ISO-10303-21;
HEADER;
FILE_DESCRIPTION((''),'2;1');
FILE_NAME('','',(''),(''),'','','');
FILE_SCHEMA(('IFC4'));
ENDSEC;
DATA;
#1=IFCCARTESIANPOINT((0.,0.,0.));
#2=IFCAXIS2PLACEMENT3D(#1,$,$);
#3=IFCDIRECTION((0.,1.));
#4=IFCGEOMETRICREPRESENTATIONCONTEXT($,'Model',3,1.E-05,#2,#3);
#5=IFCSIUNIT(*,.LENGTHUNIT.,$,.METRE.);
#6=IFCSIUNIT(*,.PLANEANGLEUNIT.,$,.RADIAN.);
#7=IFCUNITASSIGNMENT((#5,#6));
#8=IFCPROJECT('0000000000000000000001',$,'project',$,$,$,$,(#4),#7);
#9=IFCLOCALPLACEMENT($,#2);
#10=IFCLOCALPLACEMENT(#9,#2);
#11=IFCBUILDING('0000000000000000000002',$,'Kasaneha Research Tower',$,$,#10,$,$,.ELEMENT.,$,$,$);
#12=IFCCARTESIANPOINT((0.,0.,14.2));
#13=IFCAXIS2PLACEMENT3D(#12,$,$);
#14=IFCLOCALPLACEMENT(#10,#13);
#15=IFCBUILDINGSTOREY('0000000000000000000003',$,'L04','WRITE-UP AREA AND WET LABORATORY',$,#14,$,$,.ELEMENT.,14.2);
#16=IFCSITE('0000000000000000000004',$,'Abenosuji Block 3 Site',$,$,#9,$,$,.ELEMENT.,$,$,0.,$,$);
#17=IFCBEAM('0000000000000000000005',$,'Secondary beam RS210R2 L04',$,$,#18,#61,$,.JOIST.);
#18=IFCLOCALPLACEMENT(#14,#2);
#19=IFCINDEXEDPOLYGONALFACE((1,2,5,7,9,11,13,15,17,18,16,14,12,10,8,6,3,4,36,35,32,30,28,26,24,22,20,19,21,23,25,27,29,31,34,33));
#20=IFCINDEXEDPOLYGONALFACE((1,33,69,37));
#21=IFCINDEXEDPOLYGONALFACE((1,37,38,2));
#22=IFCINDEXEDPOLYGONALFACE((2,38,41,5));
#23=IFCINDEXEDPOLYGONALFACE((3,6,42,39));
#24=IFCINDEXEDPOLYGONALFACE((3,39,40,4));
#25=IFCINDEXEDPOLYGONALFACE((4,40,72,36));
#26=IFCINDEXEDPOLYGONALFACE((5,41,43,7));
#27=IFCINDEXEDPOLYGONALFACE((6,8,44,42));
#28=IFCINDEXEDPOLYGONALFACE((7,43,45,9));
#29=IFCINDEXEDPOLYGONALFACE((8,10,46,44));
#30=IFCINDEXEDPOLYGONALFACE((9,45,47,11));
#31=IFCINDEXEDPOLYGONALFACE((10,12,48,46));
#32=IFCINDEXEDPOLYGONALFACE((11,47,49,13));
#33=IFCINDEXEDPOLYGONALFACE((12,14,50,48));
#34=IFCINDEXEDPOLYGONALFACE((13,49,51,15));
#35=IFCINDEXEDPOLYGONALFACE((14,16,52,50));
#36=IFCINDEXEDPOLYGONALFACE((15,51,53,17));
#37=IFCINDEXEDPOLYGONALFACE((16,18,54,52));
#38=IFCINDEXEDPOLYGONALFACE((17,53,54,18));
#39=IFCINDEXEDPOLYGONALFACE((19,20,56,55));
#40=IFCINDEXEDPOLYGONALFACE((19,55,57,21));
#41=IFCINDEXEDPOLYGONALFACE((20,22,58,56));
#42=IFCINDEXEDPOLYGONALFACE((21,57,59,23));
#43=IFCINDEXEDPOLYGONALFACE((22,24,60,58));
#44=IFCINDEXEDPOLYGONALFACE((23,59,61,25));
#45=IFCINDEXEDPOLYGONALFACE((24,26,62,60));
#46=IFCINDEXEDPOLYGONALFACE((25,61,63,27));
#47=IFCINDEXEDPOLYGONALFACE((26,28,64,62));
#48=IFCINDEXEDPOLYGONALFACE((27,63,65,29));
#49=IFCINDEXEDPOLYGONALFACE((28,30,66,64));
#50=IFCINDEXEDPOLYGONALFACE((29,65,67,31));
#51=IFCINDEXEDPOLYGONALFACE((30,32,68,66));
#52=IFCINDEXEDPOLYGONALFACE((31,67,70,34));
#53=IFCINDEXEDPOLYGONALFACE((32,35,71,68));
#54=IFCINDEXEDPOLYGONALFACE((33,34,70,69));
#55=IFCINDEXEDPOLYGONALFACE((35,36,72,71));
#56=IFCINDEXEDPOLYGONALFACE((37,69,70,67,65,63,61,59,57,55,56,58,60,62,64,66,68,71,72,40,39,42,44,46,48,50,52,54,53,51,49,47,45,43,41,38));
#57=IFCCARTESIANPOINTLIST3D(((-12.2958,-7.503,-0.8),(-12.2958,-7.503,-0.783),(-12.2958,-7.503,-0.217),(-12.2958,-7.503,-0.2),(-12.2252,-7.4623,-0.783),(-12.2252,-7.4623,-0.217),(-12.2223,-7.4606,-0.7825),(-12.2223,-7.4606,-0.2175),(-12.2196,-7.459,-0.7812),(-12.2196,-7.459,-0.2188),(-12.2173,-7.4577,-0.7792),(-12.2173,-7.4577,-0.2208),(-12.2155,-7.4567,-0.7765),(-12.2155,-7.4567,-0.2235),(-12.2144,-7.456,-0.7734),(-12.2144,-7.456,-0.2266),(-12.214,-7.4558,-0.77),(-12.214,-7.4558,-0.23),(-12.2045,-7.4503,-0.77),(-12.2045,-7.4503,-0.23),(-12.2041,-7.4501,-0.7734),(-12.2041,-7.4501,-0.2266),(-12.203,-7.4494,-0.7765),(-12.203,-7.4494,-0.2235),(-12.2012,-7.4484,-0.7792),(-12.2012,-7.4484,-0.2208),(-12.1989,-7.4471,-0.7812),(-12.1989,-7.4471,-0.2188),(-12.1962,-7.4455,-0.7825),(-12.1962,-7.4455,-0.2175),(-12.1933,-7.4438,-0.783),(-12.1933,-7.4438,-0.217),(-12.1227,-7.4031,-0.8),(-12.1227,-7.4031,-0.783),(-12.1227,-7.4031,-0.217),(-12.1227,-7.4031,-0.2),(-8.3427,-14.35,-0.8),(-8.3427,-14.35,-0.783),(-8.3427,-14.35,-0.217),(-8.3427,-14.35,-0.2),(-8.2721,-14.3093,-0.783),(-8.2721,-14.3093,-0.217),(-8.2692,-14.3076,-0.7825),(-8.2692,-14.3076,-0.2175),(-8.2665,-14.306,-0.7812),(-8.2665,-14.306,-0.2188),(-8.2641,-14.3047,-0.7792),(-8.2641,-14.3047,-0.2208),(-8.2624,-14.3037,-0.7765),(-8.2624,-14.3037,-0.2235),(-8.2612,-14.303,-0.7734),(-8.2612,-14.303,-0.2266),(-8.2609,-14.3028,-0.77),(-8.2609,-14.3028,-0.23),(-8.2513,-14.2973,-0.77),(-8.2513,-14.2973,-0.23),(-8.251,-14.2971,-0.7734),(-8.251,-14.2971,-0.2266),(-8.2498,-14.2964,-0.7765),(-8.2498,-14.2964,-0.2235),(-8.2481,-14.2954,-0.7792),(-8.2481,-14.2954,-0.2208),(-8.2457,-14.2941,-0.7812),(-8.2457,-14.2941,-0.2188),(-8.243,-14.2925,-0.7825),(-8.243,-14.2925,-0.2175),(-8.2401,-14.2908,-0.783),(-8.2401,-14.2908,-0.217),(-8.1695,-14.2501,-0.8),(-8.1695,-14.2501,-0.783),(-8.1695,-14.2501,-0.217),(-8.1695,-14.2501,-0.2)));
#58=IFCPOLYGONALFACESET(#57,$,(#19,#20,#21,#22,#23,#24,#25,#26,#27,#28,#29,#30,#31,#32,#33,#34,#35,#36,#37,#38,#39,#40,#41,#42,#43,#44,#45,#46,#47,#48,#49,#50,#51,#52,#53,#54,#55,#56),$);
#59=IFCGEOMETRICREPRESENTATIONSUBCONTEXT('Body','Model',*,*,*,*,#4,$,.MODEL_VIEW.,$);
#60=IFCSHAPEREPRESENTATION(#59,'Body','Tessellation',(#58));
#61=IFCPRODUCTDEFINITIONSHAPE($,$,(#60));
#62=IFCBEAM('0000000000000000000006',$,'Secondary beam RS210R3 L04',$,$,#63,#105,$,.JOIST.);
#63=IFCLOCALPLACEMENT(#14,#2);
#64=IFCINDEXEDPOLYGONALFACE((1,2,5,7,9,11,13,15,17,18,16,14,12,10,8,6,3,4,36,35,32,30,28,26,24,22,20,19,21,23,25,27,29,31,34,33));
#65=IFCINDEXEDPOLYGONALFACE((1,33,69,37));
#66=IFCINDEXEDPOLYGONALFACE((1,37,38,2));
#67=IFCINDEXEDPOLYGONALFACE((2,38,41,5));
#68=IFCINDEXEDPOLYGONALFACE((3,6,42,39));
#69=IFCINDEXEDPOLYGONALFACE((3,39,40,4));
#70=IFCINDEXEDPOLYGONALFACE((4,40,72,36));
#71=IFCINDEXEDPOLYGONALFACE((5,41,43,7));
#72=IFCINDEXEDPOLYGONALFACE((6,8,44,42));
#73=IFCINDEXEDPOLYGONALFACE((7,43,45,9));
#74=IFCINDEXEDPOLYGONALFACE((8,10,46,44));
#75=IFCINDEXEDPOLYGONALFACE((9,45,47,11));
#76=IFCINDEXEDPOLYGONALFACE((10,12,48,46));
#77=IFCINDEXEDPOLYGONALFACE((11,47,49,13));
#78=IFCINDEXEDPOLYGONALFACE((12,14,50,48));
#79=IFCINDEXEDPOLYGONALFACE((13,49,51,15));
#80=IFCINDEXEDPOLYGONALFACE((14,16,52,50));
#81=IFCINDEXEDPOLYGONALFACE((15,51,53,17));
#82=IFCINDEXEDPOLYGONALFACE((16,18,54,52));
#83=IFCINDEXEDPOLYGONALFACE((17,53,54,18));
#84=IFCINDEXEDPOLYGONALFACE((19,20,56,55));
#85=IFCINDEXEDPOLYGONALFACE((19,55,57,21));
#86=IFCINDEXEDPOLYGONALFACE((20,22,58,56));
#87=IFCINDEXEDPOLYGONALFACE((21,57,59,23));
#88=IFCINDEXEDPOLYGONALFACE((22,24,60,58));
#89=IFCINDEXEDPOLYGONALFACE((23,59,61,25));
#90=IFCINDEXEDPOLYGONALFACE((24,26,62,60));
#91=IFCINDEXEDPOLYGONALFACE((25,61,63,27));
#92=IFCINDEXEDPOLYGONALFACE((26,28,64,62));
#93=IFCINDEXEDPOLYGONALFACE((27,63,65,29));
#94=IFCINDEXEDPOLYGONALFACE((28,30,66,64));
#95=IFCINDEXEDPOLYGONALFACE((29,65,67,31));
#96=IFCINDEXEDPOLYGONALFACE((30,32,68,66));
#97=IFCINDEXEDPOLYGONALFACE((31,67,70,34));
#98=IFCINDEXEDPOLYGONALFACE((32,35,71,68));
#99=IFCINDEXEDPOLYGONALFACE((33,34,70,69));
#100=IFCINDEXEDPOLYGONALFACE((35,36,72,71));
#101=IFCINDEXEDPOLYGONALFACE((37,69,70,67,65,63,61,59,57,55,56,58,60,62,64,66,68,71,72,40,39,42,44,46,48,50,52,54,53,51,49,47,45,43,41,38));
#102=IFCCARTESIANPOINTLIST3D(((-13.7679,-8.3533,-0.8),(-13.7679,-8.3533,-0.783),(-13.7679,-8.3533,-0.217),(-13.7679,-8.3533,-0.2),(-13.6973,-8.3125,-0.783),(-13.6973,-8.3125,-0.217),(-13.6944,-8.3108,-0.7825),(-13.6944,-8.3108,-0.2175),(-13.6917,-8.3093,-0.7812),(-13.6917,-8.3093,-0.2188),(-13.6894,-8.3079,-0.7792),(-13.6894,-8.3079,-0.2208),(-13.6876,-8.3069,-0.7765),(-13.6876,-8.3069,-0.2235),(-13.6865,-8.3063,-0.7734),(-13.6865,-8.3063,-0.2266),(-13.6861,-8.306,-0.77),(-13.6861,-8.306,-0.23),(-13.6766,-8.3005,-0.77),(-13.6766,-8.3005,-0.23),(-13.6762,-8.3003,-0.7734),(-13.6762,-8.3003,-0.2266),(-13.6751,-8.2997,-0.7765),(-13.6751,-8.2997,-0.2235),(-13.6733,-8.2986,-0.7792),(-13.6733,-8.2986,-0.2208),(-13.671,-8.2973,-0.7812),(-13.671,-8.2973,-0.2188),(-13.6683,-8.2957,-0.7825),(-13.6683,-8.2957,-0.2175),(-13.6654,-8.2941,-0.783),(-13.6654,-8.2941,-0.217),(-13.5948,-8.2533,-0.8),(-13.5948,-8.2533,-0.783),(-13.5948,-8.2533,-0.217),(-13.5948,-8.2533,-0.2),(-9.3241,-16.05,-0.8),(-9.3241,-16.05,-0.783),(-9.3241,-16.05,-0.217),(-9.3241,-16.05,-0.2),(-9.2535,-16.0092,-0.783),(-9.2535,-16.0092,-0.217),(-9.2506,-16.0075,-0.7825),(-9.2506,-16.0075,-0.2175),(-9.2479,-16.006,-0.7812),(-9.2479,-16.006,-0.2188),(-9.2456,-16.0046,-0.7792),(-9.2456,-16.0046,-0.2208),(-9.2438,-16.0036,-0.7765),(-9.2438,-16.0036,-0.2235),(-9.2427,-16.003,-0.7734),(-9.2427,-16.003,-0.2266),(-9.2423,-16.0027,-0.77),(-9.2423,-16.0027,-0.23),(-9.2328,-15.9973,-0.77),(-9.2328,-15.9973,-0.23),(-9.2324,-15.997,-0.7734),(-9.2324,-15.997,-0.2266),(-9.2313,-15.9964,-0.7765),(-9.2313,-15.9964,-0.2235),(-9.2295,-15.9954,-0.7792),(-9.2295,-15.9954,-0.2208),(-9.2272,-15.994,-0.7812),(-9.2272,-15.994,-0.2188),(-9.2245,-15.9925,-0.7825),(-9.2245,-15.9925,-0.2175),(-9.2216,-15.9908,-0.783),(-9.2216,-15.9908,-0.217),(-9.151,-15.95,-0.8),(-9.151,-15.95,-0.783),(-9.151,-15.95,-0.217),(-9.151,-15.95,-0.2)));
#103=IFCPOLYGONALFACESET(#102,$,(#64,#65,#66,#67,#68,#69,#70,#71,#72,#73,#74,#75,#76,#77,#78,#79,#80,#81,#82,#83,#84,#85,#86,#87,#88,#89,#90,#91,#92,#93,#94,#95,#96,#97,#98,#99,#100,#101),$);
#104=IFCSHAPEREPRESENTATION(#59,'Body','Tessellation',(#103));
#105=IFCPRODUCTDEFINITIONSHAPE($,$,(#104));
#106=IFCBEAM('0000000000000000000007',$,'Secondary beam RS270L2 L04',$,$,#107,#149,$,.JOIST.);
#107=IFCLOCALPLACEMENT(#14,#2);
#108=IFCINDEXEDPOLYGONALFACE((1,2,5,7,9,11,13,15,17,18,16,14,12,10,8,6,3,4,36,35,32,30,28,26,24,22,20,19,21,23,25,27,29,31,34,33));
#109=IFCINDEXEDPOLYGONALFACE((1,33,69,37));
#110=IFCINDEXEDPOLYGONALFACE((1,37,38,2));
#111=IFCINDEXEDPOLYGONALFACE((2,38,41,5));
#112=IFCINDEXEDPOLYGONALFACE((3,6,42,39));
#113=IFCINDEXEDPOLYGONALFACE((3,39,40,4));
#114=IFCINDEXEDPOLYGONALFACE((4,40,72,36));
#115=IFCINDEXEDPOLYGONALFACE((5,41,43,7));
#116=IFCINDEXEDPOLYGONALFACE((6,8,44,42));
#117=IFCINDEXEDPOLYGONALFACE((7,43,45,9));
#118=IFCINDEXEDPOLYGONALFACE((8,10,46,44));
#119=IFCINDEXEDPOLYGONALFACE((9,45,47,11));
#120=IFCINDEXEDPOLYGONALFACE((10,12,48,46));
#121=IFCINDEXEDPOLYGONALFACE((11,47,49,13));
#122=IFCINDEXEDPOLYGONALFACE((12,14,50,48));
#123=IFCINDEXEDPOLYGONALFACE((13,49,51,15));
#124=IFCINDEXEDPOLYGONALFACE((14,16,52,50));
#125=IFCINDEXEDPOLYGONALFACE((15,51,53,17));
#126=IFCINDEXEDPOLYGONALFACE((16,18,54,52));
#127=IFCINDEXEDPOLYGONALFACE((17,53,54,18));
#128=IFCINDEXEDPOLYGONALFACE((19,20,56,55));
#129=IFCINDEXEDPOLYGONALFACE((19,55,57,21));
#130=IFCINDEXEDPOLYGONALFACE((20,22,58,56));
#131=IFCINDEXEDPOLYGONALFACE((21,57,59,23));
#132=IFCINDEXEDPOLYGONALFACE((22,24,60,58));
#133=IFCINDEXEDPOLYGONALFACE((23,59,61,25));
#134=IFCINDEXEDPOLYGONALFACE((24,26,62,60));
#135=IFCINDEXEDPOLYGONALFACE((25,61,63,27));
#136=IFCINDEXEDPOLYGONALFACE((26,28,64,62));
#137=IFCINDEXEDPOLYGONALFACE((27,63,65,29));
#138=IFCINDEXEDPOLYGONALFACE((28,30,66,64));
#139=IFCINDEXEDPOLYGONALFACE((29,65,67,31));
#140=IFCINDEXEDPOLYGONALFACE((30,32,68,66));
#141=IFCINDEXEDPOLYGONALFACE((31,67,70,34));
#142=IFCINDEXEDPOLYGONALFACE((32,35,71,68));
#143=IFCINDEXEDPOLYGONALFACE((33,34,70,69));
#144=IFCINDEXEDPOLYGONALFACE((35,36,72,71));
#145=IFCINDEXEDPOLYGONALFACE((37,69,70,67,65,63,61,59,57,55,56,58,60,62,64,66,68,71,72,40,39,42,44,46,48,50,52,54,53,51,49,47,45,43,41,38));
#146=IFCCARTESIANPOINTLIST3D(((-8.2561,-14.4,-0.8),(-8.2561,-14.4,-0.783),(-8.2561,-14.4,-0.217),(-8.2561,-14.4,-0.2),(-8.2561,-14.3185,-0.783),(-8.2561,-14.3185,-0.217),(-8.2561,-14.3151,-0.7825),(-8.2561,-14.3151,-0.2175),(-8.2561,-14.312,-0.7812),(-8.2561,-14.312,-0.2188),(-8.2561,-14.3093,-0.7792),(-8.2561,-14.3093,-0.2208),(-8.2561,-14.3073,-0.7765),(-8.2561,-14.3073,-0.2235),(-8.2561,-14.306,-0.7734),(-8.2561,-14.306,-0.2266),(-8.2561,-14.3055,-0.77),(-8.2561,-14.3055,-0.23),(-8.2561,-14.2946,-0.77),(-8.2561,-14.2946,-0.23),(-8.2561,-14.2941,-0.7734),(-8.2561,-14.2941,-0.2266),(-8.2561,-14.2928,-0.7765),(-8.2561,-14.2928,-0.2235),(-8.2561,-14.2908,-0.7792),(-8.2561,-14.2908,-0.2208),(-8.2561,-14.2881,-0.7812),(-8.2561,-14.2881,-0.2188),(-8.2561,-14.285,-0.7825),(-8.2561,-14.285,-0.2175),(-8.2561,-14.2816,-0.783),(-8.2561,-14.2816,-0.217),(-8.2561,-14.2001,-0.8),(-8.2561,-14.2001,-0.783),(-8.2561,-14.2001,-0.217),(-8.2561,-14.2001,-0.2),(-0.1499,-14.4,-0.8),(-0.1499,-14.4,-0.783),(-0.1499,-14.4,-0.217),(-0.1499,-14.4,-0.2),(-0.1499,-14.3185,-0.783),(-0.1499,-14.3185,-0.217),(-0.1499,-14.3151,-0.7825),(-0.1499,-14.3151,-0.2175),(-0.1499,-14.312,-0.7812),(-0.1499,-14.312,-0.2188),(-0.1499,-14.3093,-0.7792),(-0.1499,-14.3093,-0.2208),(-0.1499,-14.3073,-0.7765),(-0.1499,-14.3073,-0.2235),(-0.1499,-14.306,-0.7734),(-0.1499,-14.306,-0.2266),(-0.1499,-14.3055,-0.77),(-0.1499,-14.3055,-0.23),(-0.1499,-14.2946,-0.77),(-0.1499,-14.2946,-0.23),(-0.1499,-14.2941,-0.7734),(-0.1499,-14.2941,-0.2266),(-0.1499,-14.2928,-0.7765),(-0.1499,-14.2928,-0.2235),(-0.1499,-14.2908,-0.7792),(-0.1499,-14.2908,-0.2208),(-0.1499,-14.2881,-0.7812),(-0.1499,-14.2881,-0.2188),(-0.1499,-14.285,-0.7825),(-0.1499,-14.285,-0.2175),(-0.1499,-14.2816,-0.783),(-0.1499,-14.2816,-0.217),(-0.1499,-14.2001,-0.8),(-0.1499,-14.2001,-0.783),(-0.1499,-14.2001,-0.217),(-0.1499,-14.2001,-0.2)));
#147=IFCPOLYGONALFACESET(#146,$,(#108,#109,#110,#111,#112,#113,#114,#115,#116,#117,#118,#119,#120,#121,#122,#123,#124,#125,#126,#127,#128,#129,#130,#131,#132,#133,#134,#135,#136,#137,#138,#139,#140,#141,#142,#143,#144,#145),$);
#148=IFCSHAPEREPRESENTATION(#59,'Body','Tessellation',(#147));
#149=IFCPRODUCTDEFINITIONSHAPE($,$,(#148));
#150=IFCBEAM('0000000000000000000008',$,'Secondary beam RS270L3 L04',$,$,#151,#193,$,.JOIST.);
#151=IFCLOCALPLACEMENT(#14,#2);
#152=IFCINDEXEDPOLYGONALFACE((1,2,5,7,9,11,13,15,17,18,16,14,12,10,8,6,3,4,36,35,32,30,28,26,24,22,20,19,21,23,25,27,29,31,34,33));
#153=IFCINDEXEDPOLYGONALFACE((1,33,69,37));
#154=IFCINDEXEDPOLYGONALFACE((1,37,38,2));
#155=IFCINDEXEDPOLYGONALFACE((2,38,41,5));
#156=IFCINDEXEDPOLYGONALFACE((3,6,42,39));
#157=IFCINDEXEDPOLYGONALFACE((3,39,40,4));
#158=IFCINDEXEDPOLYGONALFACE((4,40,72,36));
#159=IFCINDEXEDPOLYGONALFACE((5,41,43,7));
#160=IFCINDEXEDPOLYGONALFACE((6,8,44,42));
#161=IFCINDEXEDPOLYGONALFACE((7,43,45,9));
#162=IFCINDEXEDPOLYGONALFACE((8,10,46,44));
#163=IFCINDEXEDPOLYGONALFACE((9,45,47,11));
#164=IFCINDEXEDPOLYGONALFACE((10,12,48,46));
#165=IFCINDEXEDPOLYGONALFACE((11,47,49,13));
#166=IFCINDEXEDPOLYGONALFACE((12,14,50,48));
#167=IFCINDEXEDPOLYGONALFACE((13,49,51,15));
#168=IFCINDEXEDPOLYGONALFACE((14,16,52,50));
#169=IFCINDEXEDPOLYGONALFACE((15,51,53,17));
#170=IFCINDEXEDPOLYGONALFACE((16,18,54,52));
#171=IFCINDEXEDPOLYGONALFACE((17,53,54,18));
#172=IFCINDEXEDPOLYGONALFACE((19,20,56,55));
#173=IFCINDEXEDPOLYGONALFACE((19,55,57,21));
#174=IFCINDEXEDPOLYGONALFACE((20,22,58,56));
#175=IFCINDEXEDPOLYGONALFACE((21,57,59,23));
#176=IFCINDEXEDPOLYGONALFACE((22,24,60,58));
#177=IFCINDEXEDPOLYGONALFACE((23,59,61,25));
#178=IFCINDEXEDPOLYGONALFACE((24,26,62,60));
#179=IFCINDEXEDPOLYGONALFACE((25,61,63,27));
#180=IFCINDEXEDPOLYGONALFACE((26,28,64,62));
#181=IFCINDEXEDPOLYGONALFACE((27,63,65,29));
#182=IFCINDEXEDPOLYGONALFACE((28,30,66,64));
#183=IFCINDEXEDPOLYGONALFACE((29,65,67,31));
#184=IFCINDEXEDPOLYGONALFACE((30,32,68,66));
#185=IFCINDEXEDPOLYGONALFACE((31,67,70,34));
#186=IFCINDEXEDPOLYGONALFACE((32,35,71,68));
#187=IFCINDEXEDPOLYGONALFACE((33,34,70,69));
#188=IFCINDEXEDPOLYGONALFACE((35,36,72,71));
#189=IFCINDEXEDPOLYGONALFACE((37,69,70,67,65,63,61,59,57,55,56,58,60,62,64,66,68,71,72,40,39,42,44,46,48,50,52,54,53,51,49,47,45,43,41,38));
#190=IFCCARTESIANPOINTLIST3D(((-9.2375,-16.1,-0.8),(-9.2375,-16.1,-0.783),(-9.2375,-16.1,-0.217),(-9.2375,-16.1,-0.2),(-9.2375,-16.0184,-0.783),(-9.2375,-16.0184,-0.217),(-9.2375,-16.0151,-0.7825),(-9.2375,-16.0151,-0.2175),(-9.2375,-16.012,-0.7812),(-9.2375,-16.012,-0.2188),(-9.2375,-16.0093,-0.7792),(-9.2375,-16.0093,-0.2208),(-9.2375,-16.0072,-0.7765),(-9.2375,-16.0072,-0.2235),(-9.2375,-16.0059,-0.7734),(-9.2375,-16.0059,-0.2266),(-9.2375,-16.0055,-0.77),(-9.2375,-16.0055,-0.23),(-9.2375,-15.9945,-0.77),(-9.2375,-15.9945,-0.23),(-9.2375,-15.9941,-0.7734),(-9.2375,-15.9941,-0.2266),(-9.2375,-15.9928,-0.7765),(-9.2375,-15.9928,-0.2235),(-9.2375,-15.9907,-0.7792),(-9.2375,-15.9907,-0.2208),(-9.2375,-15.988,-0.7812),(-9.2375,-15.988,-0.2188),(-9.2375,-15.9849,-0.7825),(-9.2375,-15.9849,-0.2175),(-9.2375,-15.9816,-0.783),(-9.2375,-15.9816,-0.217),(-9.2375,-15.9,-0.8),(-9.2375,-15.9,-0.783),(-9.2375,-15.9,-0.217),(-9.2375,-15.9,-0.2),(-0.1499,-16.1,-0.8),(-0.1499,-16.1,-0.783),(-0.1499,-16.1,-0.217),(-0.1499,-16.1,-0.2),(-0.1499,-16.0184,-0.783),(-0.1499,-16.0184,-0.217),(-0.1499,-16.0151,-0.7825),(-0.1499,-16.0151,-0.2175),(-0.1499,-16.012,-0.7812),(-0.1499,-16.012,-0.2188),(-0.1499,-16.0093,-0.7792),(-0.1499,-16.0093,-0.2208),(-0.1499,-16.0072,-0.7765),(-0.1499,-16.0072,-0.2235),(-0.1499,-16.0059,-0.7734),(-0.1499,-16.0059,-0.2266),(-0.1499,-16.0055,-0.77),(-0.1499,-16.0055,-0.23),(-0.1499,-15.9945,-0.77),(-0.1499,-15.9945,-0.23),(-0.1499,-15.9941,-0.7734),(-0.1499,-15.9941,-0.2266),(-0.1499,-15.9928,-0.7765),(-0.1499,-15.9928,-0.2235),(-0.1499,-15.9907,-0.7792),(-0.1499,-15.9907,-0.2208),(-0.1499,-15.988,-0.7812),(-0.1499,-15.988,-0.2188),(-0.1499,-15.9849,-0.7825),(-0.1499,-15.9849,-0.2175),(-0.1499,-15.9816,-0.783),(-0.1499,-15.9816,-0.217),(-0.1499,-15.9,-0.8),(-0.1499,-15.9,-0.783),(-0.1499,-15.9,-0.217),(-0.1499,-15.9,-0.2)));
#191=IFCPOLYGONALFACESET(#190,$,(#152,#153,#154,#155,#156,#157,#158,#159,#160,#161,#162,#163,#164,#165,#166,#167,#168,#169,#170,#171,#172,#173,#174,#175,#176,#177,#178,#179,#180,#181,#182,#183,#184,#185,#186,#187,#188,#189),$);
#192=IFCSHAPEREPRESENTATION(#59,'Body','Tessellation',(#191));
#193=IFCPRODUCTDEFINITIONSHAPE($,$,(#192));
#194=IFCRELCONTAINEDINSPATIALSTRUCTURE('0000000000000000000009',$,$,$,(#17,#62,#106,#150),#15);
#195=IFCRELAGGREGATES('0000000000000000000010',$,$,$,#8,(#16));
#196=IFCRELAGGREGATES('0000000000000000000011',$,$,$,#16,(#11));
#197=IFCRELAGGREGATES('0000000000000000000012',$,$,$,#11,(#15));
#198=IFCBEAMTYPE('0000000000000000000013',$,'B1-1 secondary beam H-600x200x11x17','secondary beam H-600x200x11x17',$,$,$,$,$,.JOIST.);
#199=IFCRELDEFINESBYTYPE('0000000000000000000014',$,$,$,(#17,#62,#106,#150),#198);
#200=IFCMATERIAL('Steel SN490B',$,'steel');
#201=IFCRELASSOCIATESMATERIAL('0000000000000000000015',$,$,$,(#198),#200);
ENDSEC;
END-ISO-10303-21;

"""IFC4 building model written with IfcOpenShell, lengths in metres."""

from ifc_helpers import new_model, si_unit, direction, frame, origin, origin_2d, place, context, subcontext, project, spatial, i_section, extrude, material, material_profile, profile_set, type_object, element, save


model = new_model("IFC4")

# Units and contexts
model_context = context("Model", 3, precision=1e-05, world=origin(), true_north=direction((0.0, 1.0)))
body_context = subcontext(model_context, "Body", "Model", "MODEL_VIEW")
ifc_project = project(units=[si_unit("LENGTHUNIT", "METRE"), si_unit("PLANEANGLEUNIT", "RADIAN")], contexts=[model_context])

# Site, building, storey
site_placement = place(None, origin())
site = spatial("IfcSite", under=ifc_project, at=site_placement, Name="Abenosuji Block 3 Site", CompositionType="ELEMENT", RefElevation=0.0)
building_placement = place(site_placement, origin())
building = spatial("IfcBuilding", under=site, at=building_placement, Name="Kasaneha Research Tower", CompositionType="ELEMENT")
storey_placement = place(building_placement, frame((0.0, 0.0, 14.2)))
storey = spatial("IfcBuildingStorey", under=building, at=storey_placement, Name="L04", Description="WRITE-UP AREA AND WET LABORATORY", CompositionType="ELEMENT", Elevation=14.2)

# Beams
ifc_material_1 = material(Name="Steel SN490B", Category="steel")
ifc_material_profile_1 = material_profile(ifc_material_1, i_section(OverallWidth=0.2, OverallDepth=0.6001, WebThickness=0.011, FlangeThickness=0.0171, FilletRadius=0.0129, at=origin_2d()), Name="H-600x200x11x17")
ifc_profile_set_1 = profile_set([ifc_material_profile_1], Name="Steel SN490B")
beam_type_1 = type_object("IfcBeamType", Name="B1-1 secondary beam H-600x200x11x17", Description="secondary beam H-600x200x11x17", PredefinedType="JOIST", material=ifc_profile_set_1)
beam_1_placement = place(storey_placement, frame((-8.2561, -14.3, -0.5), z_axis=(-0.500005, 0.866023, 0.0), x_axis=(-0.866023, -0.500005, 0.0)))
element("IfcBeam", 1, at=beam_1_placement, inside=storey, type_object=beam_type_1, Name="Secondary beam RS210R2 L04", PredefinedType="JOIST", context=body_context, shape_type="SweptSolid", body=[
    extrude(i_section(OverallWidth=0.2, OverallDepth=0.6001, WebThickness=0.011, FlangeThickness=0.0171, FilletRadius=0.0129, at=origin_2d()), origin(), (0.0, 0.0, 1.0), 7.9062),
])
beam_2_placement = place(storey_placement, frame((-9.2375, -16.0, -0.5), z_axis=(-0.500009, 0.86602, 0.0), x_axis=(-0.86602, -0.500009, 0.0)))
element("IfcBeam", 2, at=beam_2_placement, inside=storey, type_object=beam_type_1, Name="Secondary beam RS210R3 L04", PredefinedType="JOIST", context=body_context, shape_type="SweptSolid", body=[
    extrude(i_section(OverallWidth=0.2, OverallDepth=0.6001, WebThickness=0.011, FlangeThickness=0.0171, FilletRadius=0.0129, at=origin_2d()), origin(), (0.0, 0.0, 1.0), 8.8875),
])
beam_3_placement = place(storey_placement, frame((-8.2561, -14.3, -0.5), z_axis=(1.0, 0.0, 0.0), x_axis=(0.0, 1.0, 0.0)))
element("IfcBeam", 3, at=beam_3_placement, inside=storey, type_object=beam_type_1, Name="Secondary beam RS270L2 L04", PredefinedType="JOIST", context=body_context, shape_type="SweptSolid", body=[
    extrude(i_section(OverallWidth=0.2, OverallDepth=0.6001, WebThickness=0.011, FlangeThickness=0.0171, FilletRadius=0.0129, at=origin_2d()), origin(), (0.0, 0.0, 1.0), 8.1062),
])
beam_4_placement = place(storey_placement, frame((-9.2375, -16.0, -0.5), z_axis=(1.0, 0.0, 0.0), x_axis=(0.0, 1.0, 0.0)))
element("IfcBeam", 4, at=beam_4_placement, inside=storey, type_object=beam_type_1, Name="Secondary beam RS270L3 L04", PredefinedType="JOIST", context=body_context, shape_type="SweptSolid", body=[
    extrude(i_section(OverallWidth=0.2, OverallDepth=0.6001, WebThickness=0.011, FlangeThickness=0.0171, FilletRadius=0.0129, at=origin_2d()), origin(), (0.0, 0.0, 1.0), 9.0876),
])

save(model, "model.ifc")
